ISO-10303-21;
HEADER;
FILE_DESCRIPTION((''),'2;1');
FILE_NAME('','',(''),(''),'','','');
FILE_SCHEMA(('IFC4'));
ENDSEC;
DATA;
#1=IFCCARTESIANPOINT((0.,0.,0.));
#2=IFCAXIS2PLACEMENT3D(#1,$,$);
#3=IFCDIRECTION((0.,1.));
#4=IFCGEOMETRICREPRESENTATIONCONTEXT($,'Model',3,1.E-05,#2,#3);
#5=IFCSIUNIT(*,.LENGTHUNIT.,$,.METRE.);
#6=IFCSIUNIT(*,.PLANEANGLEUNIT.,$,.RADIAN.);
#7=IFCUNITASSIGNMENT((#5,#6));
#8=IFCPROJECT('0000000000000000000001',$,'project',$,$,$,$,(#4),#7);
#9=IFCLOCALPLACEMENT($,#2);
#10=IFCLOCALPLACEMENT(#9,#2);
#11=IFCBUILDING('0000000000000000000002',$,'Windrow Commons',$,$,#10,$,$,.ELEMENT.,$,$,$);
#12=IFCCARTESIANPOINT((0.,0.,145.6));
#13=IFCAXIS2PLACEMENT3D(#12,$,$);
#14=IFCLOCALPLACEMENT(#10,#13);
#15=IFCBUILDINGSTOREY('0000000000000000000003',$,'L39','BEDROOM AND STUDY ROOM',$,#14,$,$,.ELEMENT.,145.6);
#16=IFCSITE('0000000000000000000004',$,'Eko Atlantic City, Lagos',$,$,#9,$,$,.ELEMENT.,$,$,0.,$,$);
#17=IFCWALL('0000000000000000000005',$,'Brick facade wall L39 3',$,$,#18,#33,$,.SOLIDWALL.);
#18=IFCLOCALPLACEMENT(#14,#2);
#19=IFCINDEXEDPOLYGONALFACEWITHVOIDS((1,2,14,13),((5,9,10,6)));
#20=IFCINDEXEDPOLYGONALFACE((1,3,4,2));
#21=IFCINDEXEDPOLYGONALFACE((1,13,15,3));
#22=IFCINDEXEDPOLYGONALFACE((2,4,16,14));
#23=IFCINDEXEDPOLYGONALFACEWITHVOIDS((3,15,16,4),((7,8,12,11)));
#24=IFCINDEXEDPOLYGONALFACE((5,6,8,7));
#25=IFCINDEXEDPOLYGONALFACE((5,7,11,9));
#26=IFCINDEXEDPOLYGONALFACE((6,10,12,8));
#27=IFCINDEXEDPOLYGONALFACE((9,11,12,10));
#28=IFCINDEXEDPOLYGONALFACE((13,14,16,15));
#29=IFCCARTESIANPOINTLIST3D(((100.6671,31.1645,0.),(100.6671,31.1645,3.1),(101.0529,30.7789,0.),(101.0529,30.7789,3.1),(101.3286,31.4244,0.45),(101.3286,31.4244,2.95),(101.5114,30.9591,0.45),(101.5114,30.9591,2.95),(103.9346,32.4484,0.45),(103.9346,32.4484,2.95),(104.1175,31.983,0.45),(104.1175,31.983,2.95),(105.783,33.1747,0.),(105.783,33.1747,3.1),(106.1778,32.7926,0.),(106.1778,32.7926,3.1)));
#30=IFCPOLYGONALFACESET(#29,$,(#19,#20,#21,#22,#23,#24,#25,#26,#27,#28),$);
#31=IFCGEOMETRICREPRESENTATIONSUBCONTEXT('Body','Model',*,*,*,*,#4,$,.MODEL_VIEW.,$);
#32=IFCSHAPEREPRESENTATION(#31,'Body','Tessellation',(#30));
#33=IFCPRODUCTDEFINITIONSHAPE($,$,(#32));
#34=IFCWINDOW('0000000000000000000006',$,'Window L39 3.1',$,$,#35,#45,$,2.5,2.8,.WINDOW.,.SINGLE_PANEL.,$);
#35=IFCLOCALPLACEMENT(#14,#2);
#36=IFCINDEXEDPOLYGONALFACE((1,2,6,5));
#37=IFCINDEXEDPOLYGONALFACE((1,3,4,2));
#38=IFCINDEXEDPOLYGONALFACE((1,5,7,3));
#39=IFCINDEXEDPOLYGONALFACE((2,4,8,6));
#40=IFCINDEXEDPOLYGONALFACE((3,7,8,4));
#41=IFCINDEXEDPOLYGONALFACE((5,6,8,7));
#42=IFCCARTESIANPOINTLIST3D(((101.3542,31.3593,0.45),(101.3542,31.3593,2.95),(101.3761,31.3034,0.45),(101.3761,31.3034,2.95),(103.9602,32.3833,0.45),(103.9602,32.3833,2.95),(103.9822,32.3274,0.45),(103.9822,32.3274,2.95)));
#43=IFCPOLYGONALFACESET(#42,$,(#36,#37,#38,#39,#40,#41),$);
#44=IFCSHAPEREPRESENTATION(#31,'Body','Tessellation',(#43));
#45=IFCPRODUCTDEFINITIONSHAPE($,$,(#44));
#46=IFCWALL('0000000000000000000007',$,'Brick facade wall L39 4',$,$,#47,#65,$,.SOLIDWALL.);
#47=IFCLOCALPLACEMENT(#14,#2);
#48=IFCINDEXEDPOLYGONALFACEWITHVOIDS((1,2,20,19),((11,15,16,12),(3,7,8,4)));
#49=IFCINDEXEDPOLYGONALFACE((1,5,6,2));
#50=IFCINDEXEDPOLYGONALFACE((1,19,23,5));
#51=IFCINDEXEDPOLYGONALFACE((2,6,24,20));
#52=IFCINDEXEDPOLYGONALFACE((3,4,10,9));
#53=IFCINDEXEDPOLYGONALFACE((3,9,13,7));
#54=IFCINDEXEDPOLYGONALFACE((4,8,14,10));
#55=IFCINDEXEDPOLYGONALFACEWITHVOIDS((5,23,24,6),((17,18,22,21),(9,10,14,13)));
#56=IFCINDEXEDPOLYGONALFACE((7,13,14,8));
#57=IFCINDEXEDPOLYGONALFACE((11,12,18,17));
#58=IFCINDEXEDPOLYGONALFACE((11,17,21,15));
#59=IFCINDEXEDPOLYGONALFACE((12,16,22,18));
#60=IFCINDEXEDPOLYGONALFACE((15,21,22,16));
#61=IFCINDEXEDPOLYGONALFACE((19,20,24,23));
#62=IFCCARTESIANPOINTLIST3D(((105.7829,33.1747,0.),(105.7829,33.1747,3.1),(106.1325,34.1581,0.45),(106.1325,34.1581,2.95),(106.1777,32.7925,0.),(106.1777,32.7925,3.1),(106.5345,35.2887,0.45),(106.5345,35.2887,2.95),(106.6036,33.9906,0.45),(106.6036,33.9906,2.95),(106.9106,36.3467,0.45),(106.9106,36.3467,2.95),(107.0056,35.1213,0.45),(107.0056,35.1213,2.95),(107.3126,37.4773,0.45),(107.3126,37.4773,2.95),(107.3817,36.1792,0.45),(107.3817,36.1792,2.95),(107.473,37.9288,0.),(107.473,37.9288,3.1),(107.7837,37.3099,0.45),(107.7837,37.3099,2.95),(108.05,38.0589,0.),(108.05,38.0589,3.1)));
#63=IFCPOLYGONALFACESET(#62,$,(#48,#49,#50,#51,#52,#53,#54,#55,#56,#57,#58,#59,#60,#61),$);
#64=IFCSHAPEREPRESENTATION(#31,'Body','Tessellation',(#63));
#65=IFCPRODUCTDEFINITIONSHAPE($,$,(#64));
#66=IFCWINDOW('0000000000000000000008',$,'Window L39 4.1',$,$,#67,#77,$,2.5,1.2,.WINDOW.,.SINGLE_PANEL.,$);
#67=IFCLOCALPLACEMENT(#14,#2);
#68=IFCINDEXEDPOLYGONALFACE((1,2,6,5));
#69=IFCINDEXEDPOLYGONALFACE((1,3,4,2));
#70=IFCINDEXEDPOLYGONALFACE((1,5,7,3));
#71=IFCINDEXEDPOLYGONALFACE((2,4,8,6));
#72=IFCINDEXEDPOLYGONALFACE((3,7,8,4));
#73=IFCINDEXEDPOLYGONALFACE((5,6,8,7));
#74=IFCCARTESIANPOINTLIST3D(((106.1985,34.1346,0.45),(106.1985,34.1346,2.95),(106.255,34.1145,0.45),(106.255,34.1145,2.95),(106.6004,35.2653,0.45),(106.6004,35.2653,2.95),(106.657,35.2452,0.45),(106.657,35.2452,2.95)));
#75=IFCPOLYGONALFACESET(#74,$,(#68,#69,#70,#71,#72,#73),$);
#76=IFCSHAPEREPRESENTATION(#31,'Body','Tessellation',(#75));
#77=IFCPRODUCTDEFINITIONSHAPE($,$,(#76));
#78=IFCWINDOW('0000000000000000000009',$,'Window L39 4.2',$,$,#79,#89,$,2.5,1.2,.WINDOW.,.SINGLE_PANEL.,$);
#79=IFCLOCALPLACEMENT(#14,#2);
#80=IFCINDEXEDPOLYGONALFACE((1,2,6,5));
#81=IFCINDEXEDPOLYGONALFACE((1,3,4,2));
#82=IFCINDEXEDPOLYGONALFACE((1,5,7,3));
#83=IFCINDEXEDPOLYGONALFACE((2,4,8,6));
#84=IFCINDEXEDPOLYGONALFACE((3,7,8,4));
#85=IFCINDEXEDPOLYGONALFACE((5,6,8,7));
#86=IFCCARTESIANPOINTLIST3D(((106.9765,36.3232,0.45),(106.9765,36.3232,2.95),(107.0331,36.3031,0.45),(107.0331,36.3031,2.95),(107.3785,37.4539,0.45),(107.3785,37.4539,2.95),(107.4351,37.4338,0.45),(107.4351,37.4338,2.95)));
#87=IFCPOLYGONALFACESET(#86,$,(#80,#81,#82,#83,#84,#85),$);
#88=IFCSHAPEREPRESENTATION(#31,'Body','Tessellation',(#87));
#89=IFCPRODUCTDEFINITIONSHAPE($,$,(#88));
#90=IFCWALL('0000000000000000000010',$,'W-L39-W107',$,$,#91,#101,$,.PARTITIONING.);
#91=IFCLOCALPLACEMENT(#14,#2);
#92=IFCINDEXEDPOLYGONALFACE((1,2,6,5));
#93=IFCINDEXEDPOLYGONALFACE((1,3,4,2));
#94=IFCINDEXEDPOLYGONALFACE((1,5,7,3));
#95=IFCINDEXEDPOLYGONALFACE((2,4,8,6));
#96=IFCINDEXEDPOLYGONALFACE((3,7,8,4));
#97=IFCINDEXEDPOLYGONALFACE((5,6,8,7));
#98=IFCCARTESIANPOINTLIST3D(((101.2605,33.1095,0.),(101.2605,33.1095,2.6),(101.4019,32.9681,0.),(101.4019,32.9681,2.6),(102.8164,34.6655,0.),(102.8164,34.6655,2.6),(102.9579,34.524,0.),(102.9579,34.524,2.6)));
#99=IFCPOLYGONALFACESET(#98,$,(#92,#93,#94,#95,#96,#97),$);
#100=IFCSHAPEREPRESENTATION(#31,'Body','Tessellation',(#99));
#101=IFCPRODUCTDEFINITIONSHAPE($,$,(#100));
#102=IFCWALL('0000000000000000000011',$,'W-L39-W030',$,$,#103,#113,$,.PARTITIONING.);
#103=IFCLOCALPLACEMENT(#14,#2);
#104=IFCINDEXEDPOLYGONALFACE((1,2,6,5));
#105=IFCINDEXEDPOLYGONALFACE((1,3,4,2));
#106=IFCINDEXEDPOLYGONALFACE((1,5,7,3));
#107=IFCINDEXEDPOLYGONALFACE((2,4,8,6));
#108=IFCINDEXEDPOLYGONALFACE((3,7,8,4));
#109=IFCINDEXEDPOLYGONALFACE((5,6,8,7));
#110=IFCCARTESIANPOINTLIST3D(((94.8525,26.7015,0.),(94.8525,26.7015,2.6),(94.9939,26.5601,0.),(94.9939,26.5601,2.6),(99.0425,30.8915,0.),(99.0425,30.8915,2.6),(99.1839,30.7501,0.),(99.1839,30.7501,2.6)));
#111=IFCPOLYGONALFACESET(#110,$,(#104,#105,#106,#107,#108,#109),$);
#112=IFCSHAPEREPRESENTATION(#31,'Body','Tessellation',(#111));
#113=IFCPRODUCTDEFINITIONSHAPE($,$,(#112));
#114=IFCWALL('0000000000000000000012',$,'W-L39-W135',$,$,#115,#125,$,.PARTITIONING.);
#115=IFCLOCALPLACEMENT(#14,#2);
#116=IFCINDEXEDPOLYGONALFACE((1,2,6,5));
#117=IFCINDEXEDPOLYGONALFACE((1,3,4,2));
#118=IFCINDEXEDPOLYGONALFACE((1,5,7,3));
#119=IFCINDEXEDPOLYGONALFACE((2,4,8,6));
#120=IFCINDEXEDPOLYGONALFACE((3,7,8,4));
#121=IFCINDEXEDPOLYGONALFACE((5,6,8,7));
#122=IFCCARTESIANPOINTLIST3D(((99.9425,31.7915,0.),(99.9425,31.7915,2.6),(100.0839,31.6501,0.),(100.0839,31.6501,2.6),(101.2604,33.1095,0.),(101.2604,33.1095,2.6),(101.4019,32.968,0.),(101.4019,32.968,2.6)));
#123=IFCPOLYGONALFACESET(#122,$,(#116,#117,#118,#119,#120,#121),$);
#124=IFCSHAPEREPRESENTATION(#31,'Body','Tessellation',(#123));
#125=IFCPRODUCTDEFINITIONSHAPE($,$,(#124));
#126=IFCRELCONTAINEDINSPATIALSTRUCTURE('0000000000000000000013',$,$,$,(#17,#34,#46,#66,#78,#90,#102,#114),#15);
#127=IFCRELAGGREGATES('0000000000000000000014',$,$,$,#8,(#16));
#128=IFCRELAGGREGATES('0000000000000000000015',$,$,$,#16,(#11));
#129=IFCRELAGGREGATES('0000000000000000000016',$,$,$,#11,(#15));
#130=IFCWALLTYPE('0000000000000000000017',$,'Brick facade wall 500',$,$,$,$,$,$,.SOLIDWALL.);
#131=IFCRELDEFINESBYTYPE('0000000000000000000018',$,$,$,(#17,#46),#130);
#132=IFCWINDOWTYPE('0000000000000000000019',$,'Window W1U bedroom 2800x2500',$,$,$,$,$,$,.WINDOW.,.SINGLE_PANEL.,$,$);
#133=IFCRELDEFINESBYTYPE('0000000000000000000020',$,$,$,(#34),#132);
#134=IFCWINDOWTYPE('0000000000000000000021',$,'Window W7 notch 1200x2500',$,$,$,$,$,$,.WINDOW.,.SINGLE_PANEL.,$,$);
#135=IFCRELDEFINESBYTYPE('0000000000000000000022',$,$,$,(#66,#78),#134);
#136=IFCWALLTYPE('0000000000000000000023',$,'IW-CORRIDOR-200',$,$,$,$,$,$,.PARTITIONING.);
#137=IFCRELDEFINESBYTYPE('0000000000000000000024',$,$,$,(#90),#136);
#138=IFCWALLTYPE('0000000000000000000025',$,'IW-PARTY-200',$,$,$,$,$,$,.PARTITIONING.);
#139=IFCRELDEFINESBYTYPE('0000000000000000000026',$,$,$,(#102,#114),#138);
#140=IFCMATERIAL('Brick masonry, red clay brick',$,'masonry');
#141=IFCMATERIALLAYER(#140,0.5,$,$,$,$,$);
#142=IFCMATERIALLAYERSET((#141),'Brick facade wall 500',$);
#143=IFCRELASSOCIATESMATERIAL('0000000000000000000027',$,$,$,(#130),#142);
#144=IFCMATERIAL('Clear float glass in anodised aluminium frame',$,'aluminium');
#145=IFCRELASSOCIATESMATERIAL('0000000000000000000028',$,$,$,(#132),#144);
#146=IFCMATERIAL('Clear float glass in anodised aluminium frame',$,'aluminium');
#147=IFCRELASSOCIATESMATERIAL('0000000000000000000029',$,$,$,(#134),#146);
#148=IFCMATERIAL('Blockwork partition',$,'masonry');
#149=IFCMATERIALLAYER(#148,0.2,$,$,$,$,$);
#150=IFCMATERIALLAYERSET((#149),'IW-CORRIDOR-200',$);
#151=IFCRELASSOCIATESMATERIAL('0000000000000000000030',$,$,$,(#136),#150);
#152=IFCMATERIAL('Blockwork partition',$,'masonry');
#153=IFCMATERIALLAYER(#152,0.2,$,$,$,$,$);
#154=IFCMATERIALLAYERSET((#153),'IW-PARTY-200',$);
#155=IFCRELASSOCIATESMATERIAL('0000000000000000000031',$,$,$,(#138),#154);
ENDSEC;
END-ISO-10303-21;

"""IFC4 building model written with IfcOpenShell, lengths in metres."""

from ifc_helpers import new_model, si_unit, direction, frame, frame_2d, origin, place, context, subcontext, project, spatial, polyline, rectangle, outline, extrude, material, layer, layer_set, type_object, element, fill, save


model = new_model("IFC4")

# Units and contexts
model_context = context("Model", 3, precision=1e-05, world=origin(), true_north=direction((0.0, 1.0)))
body_context = subcontext(model_context, "Body", "Model", "MODEL_VIEW")
ifc_project = project(units=[si_unit("LENGTHUNIT", "METRE"), si_unit("PLANEANGLEUNIT", "RADIAN")], contexts=[model_context])

# Site, building, storey
site_placement = place(None, origin())
site = spatial("IfcSite", under=ifc_project, at=site_placement, Name="Eko Atlantic City, Lagos", CompositionType="ELEMENT", RefElevation=0.0)
building_placement = place(site_placement, origin())
building = spatial("IfcBuilding", under=site, at=building_placement, Name="Windrow Commons", CompositionType="ELEMENT")
storey_placement = place(building_placement, frame((0.0, 0.0, 145.6)))
storey = spatial("IfcBuildingStorey", under=building, at=storey_placement, Name="L39", Description="BEDROOM AND STUDY ROOM", CompositionType="ELEMENT", Elevation=145.6)

# Shared definitions
ifc_material_1 = material(Name="Brick masonry, red clay brick", Category="masonry")
ifc_layer_1 = layer(ifc_material_1, 0.5)
ifc_layer_set_1 = layer_set([ifc_layer_1], Name="Brick facade wall 500")
wall_type_1 = type_object("IfcWallType", Name="Brick facade wall 500", PredefinedType="SOLIDWALL", material=ifc_layer_set_1)
ifc_material_2 = material(Name="Clear float glass in anodised aluminium frame", Category="aluminium")
window_type_1 = type_object("IfcWindowType", Name="Window W1U bedroom 2800x2500", PartitioningType="SINGLE_PANEL", PredefinedType="WINDOW", material=ifc_material_2)
ifc_material_3 = material(Name="Clear float glass in anodised aluminium frame", Category="aluminium")
window_type_2 = type_object("IfcWindowType", Name="Window W7 notch 1200x2500", PartitioningType="SINGLE_PANEL", PredefinedType="WINDOW", material=ifc_material_3)

# Wall, opening, window
wall_1_placement = place(storey_placement, frame((100.86, 30.9717, 0.0), z_axis=(0.0, 0.0, 1.0), x_axis=(0.93073, 0.365708, 0.0)))
wall_1 = element("IfcWall", 1, at=wall_1_placement, inside=storey, type_object=wall_type_1, Name="Brick facade wall L39 3", PredefinedType="SOLIDWALL", context=body_context, shape_type="SweptSolid", body=[
    extrude(outline(polyline([(0.109, -0.25), (5.6153, -0.25), (5.3876, 0.25), (-0.109, 0.25), (0.109, -0.25)])), origin(), (0.0, 0.0, 1.0), 3.1),
])
opening_1_placement = place(wall_1_placement, frame((0.6017, 0.0, 0.45)))
opening_1 = element("IfcOpeningElement", 2, at=opening_1_placement, cuts=wall_1, PredefinedType="OPENING", context=body_context, shape_type="SweptSolid", body=[
    extrude(rectangle(XDim=2.8, YDim=2.5, at=frame_2d((1.4, 1.25))), frame((0.0, 0.26, 0.0), z_axis=(0.0, -1.0, 0.0), x_axis=(1.0, 0.0, 0.0)), (0.0, 0.0, 1.0), 0.52),
])
window_1_placement = place(opening_1_placement, origin())
window_1 = element("IfcWindow", 3, at=window_1_placement, inside=storey, type_object=window_type_1, Name="Window L39 3.1", OverallHeight=2.5, OverallWidth=2.8, PartitioningType="SINGLE_PANEL", PredefinedType="WINDOW", context=body_context, shape_type="SweptSolid", body=[
    extrude(rectangle(XDim=2.8, YDim=2.5, at=frame_2d((1.4, 1.25))), frame((0.0, 0.18, 0.0), z_axis=(0.0, -1.0, 0.0), x_axis=(1.0, 0.0, 0.0)), (0.0, 0.0, 1.0), 0.06),
])
fill(opening_1, window_1)

# Wall, openings, windows
wall_2_placement = place(storey_placement, frame((105.9803, 32.9836, 0.0), z_axis=(0.0, 0.0, 1.0), x_axis=(0.334976, 0.942227, 0.0)))
wall_2 = element("IfcWall", 4, at=wall_2_placement, inside=storey, type_object=wall_type_1, Name="Brick facade wall L39 4", PredefinedType="SOLIDWALL", context=body_context, shape_type="SweptSolid", body=[
    extrude(outline(polyline([(-0.1139, -0.25), (5.4754, -0.25), (5.1595, 0.25), (0.1139, 0.25), (-0.1139, -0.25)])), origin(), (0.0, 0.0, 1.0), 3.1),
])
opening_2_placement = place(wall_2_placement, frame((1.1576, 0.0, 0.45)))
opening_2 = element("IfcOpeningElement", 5, at=opening_2_placement, cuts=wall_2, PredefinedType="OPENING", context=body_context, shape_type="SweptSolid", body=[
    extrude(rectangle(XDim=1.2, YDim=2.5, at=frame_2d((0.6, 1.25))), frame((0.0, 0.26, 0.0), z_axis=(0.0, -1.0, 0.0), x_axis=(1.0, 0.0, 0.0)), (0.0, 0.0, 1.0), 0.52),
])
opening_3_placement = place(wall_2_placement, frame((3.4804, 0.0, 0.45)))
opening_3 = element("IfcOpeningElement", 6, at=opening_3_placement, cuts=wall_2, PredefinedType="OPENING", context=body_context, shape_type="SweptSolid", body=[
    extrude(rectangle(XDim=1.2, YDim=2.5, at=frame_2d((0.6, 1.25))), frame((0.0, 0.26, 0.0), z_axis=(0.0, -1.0, 0.0), x_axis=(1.0, 0.0, 0.0)), (0.0, 0.0, 1.0), 0.52),
])
window_2_placement = place(opening_2_placement, origin())
window_2 = element("IfcWindow", 7, at=window_2_placement, inside=storey, type_object=window_type_2, Name="Window L39 4.1", OverallHeight=2.5, OverallWidth=1.2, PartitioningType="SINGLE_PANEL", PredefinedType="WINDOW", context=body_context, shape_type="SweptSolid", body=[
    extrude(rectangle(XDim=1.2, YDim=2.5, at=frame_2d((0.6, 1.25))), frame((0.0, 0.18, 0.0), z_axis=(0.0, -1.0, 0.0), x_axis=(1.0, 0.0, 0.0)), (0.0, 0.0, 1.0), 0.06),
])
fill(opening_2, window_2)
window_3_placement = place(opening_3_placement, origin())
window_3 = element("IfcWindow", 8, at=window_3_placement, inside=storey, type_object=window_type_2, Name="Window L39 4.2", OverallHeight=2.5, OverallWidth=1.2, PartitioningType="SINGLE_PANEL", PredefinedType="WINDOW", context=body_context, shape_type="SweptSolid", body=[
    extrude(rectangle(XDim=1.2, YDim=2.5, at=frame_2d((0.6, 1.25))), frame((0.0, 0.18, 0.0), z_axis=(0.0, -1.0, 0.0), x_axis=(1.0, 0.0, 0.0)), (0.0, 0.0, 1.0), 0.06),
])
fill(opening_3, window_3)

# Walls
ifc_material_4 = material(Name="Blockwork partition", Category="masonry")
ifc_layer_2 = layer(ifc_material_4, 0.2)
ifc_layer_set_2 = layer_set([ifc_layer_2], Name="IW-CORRIDOR-200")
wall_type_2 = type_object("IfcWallType", Name="IW-CORRIDOR-200", PredefinedType="PARTITIONING", material=ifc_layer_set_2)
wall_3_placement = place(storey_placement, frame((101.3312, 33.0388, 0.0), z_axis=(0.0, 0.0, 1.0), x_axis=(0.707107, 0.707107, 0.0)))
element("IfcWall", 9, at=wall_3_placement, inside=storey, type_object=wall_type_2, Name="W-L39-W107", PredefinedType="PARTITIONING", context=body_context, shape_type="SweptSolid", body=[
    extrude(rectangle(XDim=2.2005, YDim=0.2, at=frame_2d((1.1002, 0.0))), origin(), (0.0, 0.0, 1.0), 2.6),
])
ifc_material_5 = material(Name="Blockwork partition", Category="masonry")
ifc_layer_3 = layer(ifc_material_5, 0.2)
ifc_layer_set_3 = layer_set([ifc_layer_3], Name="IW-PARTY-200")
wall_type_3 = type_object("IfcWallType", Name="IW-PARTY-200", PredefinedType="PARTITIONING", material=ifc_layer_set_3)
wall_4_placement = place(storey_placement, frame((94.9232, 26.6308, 0.0), z_axis=(0.0, 0.0, 1.0), x_axis=(0.707107, 0.707107, 0.0)))
element("IfcWall", 10, at=wall_4_placement, inside=storey, type_object=wall_type_3, Name="W-L39-W030", PredefinedType="PARTITIONING", context=body_context, shape_type="SweptSolid", body=[
    extrude(rectangle(XDim=5.9256, YDim=0.2, at=frame_2d((2.9628, 0.0))), origin(), (0.0, 0.0, 1.0), 2.6),
])
wall_5_placement = place(storey_placement, frame((100.0132, 31.7208, 0.0), z_axis=(0.0, 0.0, 1.0), x_axis=(0.707107, 0.707107, 0.0)))
element("IfcWall", 11, at=wall_5_placement, inside=storey, type_object=wall_type_3, Name="W-L39-W135", PredefinedType="PARTITIONING", context=body_context, shape_type="SweptSolid", body=[
    extrude(rectangle(XDim=1.8639, YDim=0.2, at=frame_2d((0.9319, 0.0))), origin(), (0.0, 0.0, 1.0), 2.6),
])

save(model, "model.ifc")
